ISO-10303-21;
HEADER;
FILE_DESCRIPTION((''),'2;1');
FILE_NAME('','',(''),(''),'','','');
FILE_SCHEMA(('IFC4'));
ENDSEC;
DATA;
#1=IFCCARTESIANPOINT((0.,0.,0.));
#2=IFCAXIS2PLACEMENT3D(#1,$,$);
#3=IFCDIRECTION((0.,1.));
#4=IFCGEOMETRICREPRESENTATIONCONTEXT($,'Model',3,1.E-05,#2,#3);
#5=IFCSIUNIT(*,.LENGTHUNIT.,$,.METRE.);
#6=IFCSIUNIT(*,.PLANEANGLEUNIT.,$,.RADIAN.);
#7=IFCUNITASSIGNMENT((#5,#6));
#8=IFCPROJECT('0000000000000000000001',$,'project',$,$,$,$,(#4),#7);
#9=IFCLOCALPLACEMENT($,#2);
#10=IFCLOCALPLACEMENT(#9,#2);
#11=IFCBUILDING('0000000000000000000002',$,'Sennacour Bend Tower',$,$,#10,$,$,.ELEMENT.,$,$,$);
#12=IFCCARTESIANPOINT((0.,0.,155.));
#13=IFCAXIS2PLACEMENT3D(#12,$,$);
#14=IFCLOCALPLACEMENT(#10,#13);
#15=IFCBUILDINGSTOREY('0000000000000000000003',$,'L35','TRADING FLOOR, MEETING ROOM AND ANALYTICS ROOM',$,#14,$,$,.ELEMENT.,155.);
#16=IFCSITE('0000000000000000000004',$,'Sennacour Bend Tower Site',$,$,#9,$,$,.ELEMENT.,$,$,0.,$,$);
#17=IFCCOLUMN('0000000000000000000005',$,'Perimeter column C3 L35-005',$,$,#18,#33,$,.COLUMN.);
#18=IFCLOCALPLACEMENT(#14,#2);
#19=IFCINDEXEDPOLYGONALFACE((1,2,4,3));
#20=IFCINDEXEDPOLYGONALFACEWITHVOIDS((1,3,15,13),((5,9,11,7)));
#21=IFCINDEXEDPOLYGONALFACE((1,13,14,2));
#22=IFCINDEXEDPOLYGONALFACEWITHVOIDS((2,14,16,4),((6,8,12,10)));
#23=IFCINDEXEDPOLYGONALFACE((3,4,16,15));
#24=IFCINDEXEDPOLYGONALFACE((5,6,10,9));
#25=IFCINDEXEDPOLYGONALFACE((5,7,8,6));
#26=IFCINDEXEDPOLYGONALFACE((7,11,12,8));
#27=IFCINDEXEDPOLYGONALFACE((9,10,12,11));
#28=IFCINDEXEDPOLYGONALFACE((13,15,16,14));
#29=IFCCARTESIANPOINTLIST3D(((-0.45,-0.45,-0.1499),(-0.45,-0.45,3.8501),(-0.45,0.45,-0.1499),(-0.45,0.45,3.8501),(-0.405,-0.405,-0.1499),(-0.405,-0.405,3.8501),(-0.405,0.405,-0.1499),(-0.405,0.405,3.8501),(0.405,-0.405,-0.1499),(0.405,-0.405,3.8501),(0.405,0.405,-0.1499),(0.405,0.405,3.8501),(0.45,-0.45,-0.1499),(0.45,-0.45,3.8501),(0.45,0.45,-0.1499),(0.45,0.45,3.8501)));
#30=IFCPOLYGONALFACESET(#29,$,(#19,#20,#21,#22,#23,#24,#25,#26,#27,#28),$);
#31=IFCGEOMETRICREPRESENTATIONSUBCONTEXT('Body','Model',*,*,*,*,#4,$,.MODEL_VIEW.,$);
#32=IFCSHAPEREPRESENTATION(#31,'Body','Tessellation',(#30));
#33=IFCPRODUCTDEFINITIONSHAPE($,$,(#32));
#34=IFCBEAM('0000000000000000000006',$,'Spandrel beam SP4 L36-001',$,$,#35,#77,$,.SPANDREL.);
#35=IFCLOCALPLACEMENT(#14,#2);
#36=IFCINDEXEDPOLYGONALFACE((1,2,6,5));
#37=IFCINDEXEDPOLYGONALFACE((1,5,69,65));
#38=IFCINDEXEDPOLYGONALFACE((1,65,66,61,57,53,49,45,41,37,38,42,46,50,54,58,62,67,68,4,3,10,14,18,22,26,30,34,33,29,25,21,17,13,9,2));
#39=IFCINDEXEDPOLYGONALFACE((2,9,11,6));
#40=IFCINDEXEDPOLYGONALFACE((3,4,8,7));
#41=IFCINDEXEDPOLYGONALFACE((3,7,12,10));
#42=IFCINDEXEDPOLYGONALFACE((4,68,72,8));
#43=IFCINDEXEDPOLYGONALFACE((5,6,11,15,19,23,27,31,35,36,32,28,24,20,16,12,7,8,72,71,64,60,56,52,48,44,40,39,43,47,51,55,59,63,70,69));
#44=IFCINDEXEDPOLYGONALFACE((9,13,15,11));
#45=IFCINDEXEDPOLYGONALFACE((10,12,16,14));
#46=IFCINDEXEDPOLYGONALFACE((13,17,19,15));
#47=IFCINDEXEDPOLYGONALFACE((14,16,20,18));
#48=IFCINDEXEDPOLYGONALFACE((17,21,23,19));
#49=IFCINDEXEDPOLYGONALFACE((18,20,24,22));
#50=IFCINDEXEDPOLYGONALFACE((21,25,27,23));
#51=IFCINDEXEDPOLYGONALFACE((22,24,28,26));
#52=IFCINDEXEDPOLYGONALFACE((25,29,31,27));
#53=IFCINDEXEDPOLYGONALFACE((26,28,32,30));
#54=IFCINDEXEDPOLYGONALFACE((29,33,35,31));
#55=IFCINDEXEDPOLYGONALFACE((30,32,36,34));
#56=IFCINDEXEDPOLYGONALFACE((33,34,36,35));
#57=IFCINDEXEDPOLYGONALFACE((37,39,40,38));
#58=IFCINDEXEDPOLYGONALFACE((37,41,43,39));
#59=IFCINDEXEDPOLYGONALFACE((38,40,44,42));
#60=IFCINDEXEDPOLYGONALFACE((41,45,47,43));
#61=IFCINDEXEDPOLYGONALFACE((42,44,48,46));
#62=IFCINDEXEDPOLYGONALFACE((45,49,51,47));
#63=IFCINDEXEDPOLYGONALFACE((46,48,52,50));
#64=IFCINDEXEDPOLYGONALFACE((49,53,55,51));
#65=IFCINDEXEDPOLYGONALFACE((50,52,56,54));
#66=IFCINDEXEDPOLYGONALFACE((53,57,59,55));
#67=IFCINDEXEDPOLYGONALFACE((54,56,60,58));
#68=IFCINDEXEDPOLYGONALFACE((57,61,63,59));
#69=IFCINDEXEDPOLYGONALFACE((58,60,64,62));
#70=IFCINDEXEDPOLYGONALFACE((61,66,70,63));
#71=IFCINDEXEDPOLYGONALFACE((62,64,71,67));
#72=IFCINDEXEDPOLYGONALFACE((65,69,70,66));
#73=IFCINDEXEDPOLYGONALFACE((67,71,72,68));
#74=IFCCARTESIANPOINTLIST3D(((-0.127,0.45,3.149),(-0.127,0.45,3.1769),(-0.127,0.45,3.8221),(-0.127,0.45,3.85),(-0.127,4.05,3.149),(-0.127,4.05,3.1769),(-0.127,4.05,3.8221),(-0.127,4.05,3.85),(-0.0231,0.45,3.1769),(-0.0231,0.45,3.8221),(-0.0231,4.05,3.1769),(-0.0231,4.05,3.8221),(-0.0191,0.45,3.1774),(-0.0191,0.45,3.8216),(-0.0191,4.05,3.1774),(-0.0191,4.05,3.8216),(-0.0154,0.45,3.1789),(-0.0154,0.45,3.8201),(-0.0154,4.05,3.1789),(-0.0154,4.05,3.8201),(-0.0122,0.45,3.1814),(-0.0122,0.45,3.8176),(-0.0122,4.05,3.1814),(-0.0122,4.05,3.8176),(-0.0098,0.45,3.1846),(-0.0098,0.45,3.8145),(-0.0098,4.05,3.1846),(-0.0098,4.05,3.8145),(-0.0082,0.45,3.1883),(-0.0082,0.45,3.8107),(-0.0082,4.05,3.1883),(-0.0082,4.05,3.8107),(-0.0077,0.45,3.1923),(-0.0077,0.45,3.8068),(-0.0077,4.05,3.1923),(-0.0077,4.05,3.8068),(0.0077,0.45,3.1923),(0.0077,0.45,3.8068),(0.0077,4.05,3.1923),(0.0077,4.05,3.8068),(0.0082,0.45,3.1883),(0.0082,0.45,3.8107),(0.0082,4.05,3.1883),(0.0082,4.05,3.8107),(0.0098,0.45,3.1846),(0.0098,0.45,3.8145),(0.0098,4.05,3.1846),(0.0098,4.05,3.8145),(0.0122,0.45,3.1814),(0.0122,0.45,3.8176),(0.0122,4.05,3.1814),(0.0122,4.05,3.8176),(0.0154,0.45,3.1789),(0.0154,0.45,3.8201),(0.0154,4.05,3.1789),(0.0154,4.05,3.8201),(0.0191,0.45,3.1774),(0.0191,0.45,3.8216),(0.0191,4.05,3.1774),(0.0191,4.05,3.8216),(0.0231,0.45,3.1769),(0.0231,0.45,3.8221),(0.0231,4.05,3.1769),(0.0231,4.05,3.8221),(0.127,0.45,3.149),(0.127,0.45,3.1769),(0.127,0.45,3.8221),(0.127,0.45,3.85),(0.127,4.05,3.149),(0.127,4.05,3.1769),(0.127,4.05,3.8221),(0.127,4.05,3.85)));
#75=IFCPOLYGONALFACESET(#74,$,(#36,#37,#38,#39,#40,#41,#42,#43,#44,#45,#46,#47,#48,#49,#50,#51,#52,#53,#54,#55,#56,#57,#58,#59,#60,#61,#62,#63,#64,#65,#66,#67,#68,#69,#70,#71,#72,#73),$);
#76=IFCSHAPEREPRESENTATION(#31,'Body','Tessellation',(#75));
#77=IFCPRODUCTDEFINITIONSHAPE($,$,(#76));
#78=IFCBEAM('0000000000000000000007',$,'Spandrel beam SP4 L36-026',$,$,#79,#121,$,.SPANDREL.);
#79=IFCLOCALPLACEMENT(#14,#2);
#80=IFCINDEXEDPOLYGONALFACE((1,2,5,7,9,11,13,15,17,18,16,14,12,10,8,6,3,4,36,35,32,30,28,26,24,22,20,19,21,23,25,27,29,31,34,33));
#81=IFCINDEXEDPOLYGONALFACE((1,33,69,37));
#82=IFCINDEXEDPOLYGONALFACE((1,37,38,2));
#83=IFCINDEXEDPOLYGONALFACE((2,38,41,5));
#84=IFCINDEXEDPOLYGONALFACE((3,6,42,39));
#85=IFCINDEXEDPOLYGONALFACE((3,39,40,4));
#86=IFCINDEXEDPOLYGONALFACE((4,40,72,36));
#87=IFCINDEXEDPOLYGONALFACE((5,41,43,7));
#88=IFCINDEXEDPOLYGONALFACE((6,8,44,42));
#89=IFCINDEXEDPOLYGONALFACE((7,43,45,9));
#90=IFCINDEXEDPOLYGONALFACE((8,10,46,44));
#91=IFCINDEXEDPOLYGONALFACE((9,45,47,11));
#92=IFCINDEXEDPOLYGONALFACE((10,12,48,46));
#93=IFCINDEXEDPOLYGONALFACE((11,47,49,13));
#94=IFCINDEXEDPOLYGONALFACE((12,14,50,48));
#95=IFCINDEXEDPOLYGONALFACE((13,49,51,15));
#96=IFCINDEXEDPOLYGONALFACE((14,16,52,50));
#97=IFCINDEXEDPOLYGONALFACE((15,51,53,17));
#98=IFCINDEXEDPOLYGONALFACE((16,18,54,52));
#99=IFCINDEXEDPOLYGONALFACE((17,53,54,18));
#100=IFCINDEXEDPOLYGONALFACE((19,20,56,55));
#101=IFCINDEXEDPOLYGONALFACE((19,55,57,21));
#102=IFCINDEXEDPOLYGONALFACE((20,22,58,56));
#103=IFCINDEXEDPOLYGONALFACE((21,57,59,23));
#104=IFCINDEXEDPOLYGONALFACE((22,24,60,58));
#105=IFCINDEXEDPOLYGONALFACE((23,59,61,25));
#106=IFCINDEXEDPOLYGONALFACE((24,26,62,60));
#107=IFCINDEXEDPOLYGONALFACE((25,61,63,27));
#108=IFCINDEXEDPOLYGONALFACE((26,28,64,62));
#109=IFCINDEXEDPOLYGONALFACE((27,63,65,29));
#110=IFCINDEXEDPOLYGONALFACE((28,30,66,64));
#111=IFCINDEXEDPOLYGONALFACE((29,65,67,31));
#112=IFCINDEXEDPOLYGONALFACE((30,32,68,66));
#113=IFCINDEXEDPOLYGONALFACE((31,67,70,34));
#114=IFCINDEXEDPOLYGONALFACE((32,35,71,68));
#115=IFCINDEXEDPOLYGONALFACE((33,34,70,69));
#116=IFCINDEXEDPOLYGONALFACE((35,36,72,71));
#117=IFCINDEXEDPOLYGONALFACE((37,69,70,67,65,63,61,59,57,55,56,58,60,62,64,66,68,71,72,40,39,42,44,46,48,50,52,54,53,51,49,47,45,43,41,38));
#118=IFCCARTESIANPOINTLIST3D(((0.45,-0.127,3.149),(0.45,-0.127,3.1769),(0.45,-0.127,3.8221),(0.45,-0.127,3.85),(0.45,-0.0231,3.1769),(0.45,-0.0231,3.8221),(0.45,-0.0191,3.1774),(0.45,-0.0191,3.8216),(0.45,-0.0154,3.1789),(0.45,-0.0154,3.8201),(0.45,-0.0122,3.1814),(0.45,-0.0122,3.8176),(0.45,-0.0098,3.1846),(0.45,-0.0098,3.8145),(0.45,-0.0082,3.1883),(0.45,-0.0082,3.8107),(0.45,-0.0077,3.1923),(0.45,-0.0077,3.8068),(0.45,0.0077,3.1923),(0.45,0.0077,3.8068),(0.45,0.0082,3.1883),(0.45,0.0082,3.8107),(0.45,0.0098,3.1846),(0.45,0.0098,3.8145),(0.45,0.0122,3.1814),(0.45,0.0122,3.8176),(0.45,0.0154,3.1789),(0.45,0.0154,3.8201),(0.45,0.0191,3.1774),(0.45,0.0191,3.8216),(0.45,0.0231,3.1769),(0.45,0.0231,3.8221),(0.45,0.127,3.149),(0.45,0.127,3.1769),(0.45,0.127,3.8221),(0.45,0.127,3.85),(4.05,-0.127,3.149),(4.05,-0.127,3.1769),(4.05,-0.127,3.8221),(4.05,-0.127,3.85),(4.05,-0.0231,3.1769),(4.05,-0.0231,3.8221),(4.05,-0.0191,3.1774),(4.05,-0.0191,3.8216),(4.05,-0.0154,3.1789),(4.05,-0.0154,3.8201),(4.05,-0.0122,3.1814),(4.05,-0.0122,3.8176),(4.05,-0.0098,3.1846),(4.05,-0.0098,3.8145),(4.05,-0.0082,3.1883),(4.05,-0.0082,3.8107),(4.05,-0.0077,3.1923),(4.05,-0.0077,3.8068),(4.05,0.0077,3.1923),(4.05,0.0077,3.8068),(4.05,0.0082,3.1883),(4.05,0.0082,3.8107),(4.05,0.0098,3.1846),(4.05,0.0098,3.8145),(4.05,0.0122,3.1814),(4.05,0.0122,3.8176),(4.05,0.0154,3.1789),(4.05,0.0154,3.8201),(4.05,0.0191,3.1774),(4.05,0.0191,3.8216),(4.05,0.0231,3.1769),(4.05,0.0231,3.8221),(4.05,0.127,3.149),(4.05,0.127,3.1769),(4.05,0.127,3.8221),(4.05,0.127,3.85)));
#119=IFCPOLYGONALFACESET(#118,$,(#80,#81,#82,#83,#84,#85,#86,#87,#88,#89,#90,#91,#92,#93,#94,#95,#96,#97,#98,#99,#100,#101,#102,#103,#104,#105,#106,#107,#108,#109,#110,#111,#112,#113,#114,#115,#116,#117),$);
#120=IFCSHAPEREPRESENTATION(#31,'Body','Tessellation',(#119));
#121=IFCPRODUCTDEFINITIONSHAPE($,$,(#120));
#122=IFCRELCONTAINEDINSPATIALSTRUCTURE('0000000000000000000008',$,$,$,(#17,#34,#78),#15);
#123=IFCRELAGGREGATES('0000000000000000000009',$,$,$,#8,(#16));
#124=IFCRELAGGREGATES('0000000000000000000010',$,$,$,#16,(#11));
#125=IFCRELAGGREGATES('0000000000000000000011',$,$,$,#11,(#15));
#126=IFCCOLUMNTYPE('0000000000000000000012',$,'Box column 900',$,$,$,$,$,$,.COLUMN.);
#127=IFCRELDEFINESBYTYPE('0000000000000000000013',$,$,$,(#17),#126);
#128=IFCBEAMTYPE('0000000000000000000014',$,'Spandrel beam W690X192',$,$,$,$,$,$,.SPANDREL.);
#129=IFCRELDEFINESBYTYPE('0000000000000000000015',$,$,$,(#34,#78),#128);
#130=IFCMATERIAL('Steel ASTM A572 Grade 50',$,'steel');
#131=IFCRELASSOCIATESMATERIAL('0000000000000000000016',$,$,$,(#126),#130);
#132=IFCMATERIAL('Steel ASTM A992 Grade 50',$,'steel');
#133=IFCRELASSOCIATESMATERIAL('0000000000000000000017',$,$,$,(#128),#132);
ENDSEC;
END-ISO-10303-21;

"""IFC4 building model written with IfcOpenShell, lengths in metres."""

from ifc_helpers import new_model, si_unit, direction, frame, origin, origin_2d, place, context, subcontext, project, spatial, hollow_rectangle, i_section, extrude, material, material_profile, profile_set, type_object, element, save


model = new_model("IFC4")

# Units and contexts
model_context = context("Model", 3, precision=1e-05, world=origin(), true_north=direction((0.0, 1.0)))
body_context = subcontext(model_context, "Body", "Model", "MODEL_VIEW")
ifc_project = project(units=[si_unit("LENGTHUNIT", "METRE"), si_unit("PLANEANGLEUNIT", "RADIAN")], contexts=[model_context])

# Site, building, storey
site_placement = place(None, origin())
site = spatial("IfcSite", under=ifc_project, at=site_placement, Name="Sennacour Bend Tower Site", CompositionType="ELEMENT", RefElevation=0.0)
building_placement = place(site_placement, origin())
building = spatial("IfcBuilding", under=site, at=building_placement, Name="Sennacour Bend Tower", CompositionType="ELEMENT")
storey_placement = place(building_placement, frame((0.0, 0.0, 155.0)))
storey = spatial("IfcBuildingStorey", under=building, at=storey_placement, Name="L35", Description="TRADING FLOOR, MEETING ROOM AND ANALYTICS ROOM", CompositionType="ELEMENT", Elevation=155.0)

# Column
ifc_material_1 = material(Name="Steel ASTM A572 Grade 50", Category="steel")
ifc_material_profile_1 = material_profile(ifc_material_1, hollow_rectangle(XDim=0.8999, YDim=0.8999, WallThickness=0.0449, at=origin_2d()), Name="Steel ASTM A572 Grade 50", Category="steel")
ifc_profile_set_1 = profile_set([ifc_material_profile_1], Name="Steel ASTM A572 Grade 50")
column_type = type_object("IfcColumnType", Name="Box column 900", PredefinedType="COLUMN", material=ifc_profile_set_1)
column_placement = place(storey_placement, frame((0.0, 0.0, -0.1499), z_axis=(0.0, 0.0, 1.0), x_axis=(1.0, 0.0, 0.0)))
element("IfcColumn", 1, at=column_placement, inside=storey, type_object=column_type, Name="Perimeter column C3 L35-005", PredefinedType="COLUMN", context=body_context, shape_type="SweptSolid", body=[
    extrude(hollow_rectangle(XDim=0.8999, YDim=0.8999, WallThickness=0.0449, at=origin_2d()), origin(), (0.0, 0.0, 1.0), 4.0),
])

# Beams
ifc_material_2 = material(Name="Steel ASTM A992 Grade 50", Category="steel")
ifc_material_profile_2 = material_profile(ifc_material_2, i_section(OverallWidth=0.2539, OverallDepth=0.7009, WebThickness=0.0154, FlangeThickness=0.0278, FilletRadius=0.0154, at=origin_2d()), Name="Steel ASTM A992 Grade 50", Category="steel")
ifc_profile_set_2 = profile_set([ifc_material_profile_2], Name="Steel ASTM A992 Grade 50")
beam_type = type_object("IfcBeamType", Name="Spandrel beam W690X192", PredefinedType="SPANDREL", material=ifc_profile_set_2)
for number, where, z_axis, x_axis, name in (
    (2, (0.0, 0.45, 3.4995), (0.0, 1.0, 0.0), (-1.0, 0.0, 0.0), "Spandrel beam SP4 L36-001"),
    (3, (4.05, 0.0, 3.4995), (-1.0, 0.0, 0.0), (0.0, -1.0, 0.0), "Spandrel beam SP4 L36-026"),
):
    element("IfcBeam", number, at=place(storey_placement, frame(where, z_axis=z_axis, x_axis=x_axis)), inside=storey, type_object=beam_type, Name=name, PredefinedType="SPANDREL", context=body_context, shape_type="SweptSolid", body=[
        extrude(i_section(OverallWidth=0.2539, OverallDepth=0.7009, WebThickness=0.0154, FlangeThickness=0.0278, FilletRadius=0.0154, at=origin_2d()), origin(), (0.0, 0.0, 1.0), 3.6001),
    ])

save(model, "model.ifc")
